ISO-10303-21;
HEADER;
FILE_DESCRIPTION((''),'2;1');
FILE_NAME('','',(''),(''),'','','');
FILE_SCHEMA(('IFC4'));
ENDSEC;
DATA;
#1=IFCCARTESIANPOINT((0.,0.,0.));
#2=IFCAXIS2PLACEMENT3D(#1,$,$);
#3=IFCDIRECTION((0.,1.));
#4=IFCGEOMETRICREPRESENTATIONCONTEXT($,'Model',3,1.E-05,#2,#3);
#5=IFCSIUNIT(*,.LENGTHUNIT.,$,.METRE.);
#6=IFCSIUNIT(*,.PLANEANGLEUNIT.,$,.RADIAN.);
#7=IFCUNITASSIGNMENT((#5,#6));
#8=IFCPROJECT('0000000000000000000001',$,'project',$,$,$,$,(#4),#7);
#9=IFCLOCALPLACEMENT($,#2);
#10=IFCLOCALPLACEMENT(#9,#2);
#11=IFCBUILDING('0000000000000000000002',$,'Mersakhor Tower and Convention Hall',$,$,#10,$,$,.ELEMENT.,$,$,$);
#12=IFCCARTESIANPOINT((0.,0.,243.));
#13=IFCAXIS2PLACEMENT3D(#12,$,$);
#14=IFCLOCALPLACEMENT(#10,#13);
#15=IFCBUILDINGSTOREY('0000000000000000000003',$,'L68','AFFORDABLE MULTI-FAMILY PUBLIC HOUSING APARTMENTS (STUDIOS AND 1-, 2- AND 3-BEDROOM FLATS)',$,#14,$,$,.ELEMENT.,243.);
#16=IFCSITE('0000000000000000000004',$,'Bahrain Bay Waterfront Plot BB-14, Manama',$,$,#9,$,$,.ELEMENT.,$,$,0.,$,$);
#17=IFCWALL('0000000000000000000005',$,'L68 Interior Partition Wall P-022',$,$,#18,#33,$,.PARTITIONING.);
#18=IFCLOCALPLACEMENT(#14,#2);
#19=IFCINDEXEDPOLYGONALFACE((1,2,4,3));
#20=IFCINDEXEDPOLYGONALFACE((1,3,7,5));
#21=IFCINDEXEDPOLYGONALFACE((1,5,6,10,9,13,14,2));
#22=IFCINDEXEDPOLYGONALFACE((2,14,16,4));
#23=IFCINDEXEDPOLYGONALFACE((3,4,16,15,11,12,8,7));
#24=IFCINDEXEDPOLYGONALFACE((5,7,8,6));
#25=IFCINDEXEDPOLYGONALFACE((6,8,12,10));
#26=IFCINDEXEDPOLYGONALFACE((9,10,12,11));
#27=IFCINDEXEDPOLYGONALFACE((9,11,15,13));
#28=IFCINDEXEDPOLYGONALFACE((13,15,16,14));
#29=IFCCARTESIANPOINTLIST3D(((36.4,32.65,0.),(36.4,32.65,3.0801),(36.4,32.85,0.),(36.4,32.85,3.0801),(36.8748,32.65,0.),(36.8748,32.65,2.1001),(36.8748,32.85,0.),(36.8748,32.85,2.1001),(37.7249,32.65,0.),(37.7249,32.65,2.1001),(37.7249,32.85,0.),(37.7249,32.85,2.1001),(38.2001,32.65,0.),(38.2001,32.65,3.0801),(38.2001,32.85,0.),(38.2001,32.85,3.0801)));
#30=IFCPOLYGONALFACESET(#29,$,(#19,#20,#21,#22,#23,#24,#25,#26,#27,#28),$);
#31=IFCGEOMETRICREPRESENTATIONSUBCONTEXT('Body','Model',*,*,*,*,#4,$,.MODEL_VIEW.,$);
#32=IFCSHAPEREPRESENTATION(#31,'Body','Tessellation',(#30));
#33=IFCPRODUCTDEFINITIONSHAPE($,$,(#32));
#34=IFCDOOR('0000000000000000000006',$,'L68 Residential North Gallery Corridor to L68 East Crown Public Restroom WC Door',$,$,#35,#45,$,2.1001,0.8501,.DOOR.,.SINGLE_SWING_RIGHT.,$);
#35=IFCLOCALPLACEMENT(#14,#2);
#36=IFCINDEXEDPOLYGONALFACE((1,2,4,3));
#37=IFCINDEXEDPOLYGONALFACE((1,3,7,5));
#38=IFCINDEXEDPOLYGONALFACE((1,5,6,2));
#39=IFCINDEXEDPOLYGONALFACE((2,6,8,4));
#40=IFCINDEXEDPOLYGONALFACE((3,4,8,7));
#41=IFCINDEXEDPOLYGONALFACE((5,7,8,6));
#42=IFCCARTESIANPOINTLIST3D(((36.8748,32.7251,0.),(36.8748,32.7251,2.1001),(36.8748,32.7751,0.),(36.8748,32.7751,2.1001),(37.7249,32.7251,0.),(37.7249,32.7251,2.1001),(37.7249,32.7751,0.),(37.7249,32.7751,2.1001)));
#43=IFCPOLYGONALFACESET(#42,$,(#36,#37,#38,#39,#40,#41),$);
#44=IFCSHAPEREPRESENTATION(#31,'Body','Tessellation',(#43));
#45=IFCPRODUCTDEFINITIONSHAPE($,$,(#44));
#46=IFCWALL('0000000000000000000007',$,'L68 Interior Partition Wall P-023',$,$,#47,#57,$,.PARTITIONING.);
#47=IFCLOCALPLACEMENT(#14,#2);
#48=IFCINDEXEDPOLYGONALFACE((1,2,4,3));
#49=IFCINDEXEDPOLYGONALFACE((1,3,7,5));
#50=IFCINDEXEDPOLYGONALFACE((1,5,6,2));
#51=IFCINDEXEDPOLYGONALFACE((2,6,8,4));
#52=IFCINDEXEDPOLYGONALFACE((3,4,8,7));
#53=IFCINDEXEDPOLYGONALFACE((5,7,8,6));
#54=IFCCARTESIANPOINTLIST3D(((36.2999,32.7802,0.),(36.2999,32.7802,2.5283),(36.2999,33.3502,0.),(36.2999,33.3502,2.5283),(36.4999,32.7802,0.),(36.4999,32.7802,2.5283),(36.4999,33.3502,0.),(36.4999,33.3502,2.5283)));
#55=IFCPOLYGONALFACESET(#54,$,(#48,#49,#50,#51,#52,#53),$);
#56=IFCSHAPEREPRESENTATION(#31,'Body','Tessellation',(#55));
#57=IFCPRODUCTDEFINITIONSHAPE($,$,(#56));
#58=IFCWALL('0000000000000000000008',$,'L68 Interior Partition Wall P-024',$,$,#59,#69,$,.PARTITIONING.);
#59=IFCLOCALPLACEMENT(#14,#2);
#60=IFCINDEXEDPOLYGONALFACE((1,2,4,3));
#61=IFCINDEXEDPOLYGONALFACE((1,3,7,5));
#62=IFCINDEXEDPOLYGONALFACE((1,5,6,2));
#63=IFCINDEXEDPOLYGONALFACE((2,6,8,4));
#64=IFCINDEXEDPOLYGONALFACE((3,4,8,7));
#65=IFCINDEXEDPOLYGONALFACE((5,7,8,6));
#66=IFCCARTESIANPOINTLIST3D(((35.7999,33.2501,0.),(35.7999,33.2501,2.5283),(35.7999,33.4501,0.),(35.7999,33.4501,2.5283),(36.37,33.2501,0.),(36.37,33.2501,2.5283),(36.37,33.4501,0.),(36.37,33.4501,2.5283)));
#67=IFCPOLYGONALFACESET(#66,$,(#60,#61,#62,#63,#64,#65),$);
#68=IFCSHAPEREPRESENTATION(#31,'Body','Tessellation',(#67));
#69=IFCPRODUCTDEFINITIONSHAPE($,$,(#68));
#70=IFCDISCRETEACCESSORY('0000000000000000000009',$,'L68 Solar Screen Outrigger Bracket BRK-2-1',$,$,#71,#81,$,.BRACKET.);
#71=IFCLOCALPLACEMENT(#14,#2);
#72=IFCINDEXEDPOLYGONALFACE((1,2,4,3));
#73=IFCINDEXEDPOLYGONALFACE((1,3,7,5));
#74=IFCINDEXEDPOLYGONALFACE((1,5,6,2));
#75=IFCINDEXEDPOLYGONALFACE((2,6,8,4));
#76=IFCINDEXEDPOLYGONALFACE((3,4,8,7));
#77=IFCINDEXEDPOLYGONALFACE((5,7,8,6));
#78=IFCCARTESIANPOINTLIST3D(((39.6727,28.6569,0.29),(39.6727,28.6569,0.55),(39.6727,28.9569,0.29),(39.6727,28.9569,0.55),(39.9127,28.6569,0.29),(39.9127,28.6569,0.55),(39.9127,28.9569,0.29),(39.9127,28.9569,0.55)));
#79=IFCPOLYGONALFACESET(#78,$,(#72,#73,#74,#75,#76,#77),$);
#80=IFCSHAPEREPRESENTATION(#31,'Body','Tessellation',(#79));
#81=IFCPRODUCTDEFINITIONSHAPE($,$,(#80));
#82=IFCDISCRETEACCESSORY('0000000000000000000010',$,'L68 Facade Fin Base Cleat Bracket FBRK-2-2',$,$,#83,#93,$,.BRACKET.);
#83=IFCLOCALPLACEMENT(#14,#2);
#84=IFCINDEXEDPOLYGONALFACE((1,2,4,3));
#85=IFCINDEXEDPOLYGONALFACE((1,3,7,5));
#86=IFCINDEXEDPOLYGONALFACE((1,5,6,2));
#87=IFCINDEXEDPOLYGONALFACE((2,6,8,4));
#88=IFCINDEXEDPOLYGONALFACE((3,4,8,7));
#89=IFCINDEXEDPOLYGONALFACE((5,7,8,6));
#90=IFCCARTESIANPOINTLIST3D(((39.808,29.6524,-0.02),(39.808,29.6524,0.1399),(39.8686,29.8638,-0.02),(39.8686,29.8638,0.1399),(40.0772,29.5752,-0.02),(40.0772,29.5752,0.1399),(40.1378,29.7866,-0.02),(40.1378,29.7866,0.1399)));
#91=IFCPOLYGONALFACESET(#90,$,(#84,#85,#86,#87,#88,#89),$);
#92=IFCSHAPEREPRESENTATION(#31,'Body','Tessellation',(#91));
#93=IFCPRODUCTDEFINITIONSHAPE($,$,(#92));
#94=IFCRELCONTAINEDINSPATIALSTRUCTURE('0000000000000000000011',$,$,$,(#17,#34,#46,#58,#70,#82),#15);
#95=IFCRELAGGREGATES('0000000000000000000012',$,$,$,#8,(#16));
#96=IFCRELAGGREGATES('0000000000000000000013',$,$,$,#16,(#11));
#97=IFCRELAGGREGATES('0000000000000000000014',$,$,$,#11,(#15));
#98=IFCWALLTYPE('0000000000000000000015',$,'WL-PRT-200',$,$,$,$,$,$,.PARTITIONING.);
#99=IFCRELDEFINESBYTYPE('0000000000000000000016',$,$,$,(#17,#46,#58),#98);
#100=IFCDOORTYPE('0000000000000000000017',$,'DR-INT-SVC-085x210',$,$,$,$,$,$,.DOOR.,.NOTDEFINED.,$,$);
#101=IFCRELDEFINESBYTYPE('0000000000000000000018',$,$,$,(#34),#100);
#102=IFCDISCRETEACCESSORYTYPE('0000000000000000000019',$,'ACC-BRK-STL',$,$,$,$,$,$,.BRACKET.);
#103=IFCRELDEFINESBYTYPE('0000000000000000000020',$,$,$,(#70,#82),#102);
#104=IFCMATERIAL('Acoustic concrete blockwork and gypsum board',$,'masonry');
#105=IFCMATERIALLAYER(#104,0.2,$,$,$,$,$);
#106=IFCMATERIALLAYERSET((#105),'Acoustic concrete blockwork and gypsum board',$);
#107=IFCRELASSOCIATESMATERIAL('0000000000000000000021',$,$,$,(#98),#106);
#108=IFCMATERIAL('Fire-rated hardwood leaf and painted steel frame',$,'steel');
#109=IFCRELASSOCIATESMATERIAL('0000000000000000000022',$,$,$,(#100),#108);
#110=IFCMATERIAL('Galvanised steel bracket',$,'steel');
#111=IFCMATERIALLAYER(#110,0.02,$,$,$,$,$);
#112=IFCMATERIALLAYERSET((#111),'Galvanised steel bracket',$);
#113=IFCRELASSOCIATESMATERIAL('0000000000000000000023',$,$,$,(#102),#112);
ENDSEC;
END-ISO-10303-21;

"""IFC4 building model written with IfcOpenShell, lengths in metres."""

from ifc_helpers import new_model, si_unit, direction, frame, frame_2d, origin, origin_2d, place, context, subcontext, project, spatial, rectangle, extrude, material, layer, layer_set, type_object, element, fill, save


model = new_model("IFC4")

# Units and contexts
model_context = context("Model", 3, precision=1e-05, world=origin(), true_north=direction((0.0, 1.0)))
body_context = subcontext(model_context, "Body", "Model", "MODEL_VIEW")
ifc_project = project(units=[si_unit("LENGTHUNIT", "METRE"), si_unit("PLANEANGLEUNIT", "RADIAN")], contexts=[model_context])

# Site, building, storey
site_placement = place(None, origin())
site = spatial("IfcSite", under=ifc_project, at=site_placement, Name="Bahrain Bay Waterfront Plot BB-14, Manama", CompositionType="ELEMENT", RefElevation=0.0)
building_placement = place(site_placement, origin())
building = spatial("IfcBuilding", under=site, at=building_placement, Name="Mersakhor Tower and Convention Hall", CompositionType="ELEMENT")
storey_placement = place(building_placement, frame((0.0, 0.0, 243.0)))
storey = spatial("IfcBuildingStorey", under=building, at=storey_placement, Name="L68", Description="AFFORDABLE MULTI-FAMILY PUBLIC HOUSING APARTMENTS (STUDIOS AND 1-, 2- AND 3-BEDROOM FLATS)", CompositionType="ELEMENT", Elevation=243.0)

# Wall, opening, door
ifc_material_1 = material(Name="Acoustic concrete blockwork and gypsum board", Category="masonry")
ifc_layer_1 = layer(ifc_material_1, 0.2)
ifc_layer_set_1 = layer_set([ifc_layer_1], Name="Acoustic concrete blockwork and gypsum board")
wall_type_1 = type_object("IfcWallType", Name="WL-PRT-200", PredefinedType="PARTITIONING", material=ifc_layer_set_1)
wall_1_placement = place(storey_placement, frame((38.2, 32.75, 0.0), z_axis=(0.0, 0.0, 1.0), x_axis=(-1.0, 0.0, 0.0)))
wall_1 = element("IfcWall", 1, at=wall_1_placement, inside=storey, type_object=wall_type_1, Name="L68 Interior Partition Wall P-022", PredefinedType="PARTITIONING", context=body_context, shape_type="SweptSolid", body=[
    extrude(rectangle(XDim=1.8, YDim=0.2, at=frame_2d((0.8999, 0.0))), origin(), (0.0, 0.0, 1.0), 3.0801),
])
opening_placement = place(wall_1_placement, frame((0.4751, 0.0, 0.0)))
opening = element("IfcOpeningElement", 2, at=opening_placement, cuts=wall_1, PredefinedType="OPENING", context=body_context, shape_type="SweptSolid", body=[
    extrude(rectangle(XDim=0.8501, YDim=2.1001, at=frame_2d((0.425, 1.05))), frame((0.0, 0.1099, 0.0), z_axis=(0.0, -1.0, 0.0), x_axis=(1.0, 0.0, 0.0)), (0.0, 0.0, 1.0), 0.22),
])
ifc_material_2 = material(Name="Fire-rated hardwood leaf and painted steel frame", Category="steel")
door_type = type_object("IfcDoorType", Name="DR-INT-SVC-085x210", OperationType="NOTDEFINED", PredefinedType="DOOR", material=ifc_material_2)
door_placement = place(opening_placement, origin())
door = element("IfcDoor", 3, at=door_placement, inside=storey, type_object=door_type, Name="L68 Residential North Gallery Corridor to L68 East Crown Public Restroom WC Door", OperationType="SINGLE_SWING_RIGHT", OverallHeight=2.1001, OverallWidth=0.8501, PredefinedType="DOOR", context=body_context, shape_type="SweptSolid", body=[
    extrude(rectangle(XDim=0.8501, YDim=2.1001, at=frame_2d((0.425, 1.05))), frame((0.0, 0.0249, 0.0), z_axis=(0.0, -1.0, 0.0), x_axis=(1.0, 0.0, 0.0)), (0.0, 0.0, 1.0), 0.05),
])
fill(opening, door)

# Walls
for number, where, z_axis, x_axis, name in (
    (4, (36.3999, 32.78, 0.0), (0.0, 0.0, 1.0), (0.0, 1.0, 0.0), "L68 Interior Partition Wall P-023"),
    (5, (36.3701, 33.3501, 0.0), (0.0, 0.0, 1.0), (-1.0, 0.0, 0.0), "L68 Interior Partition Wall P-024"),
):
    element("IfcWall", number, at=place(storey_placement, frame(where, z_axis=z_axis, x_axis=x_axis)), inside=storey, type_object=wall_type_1, Name=name, PredefinedType="PARTITIONING", context=body_context, shape_type="SweptSolid", body=[
        extrude(rectangle(XDim=0.5701, YDim=0.2, at=frame_2d((0.2852, 0.0))), origin(), (0.0, 0.0, 1.0), 2.5283),
    ])

# Discrete accessories
ifc_material_3 = material(Name="Galvanised steel bracket", Category="steel")
ifc_layer_2 = layer(ifc_material_3, 0.02)
ifc_layer_set_2 = layer_set([ifc_layer_2], Name="Galvanised steel bracket")
discrete_accessory_type = type_object("IfcDiscreteAccessoryType", Name="ACC-BRK-STL", PredefinedType="BRACKET", material=ifc_layer_set_2)
discrete_accessory_1_placement = place(storey_placement, frame((39.7927, 28.8069, 0.29), z_axis=(0.0, 0.0, 1.0), x_axis=(0.0, -1.0, 0.0)))
element("IfcDiscreteAccessory", 6, at=discrete_accessory_1_placement, inside=storey, type_object=discrete_accessory_type, Name="L68 Solar Screen Outrigger Bracket BRK-2-1", PredefinedType="BRACKET", context=body_context, shape_type="SweptSolid", body=[
    extrude(rectangle(XDim=0.3, YDim=0.24, at=origin_2d()), origin(), (0.0, 0.0, 1.0), 0.26),
])
discrete_accessory_2_placement = place(storey_placement, frame((39.9729, 29.7195, -0.02), z_axis=(0.0, 0.0, 1.0), x_axis=(0.961262, -0.275637, 0.0)))
element("IfcDiscreteAccessory", 7, at=discrete_accessory_2_placement, inside=storey, type_object=discrete_accessory_type, Name="L68 Facade Fin Base Cleat Bracket FBRK-2-2", PredefinedType="BRACKET", context=body_context, shape_type="SweptSolid", body=[
    extrude(rectangle(XDim=0.28, YDim=0.22, at=origin_2d()), origin(), (0.0, 0.0, 1.0), 0.1599),
])

save(model, "model.ifc")
